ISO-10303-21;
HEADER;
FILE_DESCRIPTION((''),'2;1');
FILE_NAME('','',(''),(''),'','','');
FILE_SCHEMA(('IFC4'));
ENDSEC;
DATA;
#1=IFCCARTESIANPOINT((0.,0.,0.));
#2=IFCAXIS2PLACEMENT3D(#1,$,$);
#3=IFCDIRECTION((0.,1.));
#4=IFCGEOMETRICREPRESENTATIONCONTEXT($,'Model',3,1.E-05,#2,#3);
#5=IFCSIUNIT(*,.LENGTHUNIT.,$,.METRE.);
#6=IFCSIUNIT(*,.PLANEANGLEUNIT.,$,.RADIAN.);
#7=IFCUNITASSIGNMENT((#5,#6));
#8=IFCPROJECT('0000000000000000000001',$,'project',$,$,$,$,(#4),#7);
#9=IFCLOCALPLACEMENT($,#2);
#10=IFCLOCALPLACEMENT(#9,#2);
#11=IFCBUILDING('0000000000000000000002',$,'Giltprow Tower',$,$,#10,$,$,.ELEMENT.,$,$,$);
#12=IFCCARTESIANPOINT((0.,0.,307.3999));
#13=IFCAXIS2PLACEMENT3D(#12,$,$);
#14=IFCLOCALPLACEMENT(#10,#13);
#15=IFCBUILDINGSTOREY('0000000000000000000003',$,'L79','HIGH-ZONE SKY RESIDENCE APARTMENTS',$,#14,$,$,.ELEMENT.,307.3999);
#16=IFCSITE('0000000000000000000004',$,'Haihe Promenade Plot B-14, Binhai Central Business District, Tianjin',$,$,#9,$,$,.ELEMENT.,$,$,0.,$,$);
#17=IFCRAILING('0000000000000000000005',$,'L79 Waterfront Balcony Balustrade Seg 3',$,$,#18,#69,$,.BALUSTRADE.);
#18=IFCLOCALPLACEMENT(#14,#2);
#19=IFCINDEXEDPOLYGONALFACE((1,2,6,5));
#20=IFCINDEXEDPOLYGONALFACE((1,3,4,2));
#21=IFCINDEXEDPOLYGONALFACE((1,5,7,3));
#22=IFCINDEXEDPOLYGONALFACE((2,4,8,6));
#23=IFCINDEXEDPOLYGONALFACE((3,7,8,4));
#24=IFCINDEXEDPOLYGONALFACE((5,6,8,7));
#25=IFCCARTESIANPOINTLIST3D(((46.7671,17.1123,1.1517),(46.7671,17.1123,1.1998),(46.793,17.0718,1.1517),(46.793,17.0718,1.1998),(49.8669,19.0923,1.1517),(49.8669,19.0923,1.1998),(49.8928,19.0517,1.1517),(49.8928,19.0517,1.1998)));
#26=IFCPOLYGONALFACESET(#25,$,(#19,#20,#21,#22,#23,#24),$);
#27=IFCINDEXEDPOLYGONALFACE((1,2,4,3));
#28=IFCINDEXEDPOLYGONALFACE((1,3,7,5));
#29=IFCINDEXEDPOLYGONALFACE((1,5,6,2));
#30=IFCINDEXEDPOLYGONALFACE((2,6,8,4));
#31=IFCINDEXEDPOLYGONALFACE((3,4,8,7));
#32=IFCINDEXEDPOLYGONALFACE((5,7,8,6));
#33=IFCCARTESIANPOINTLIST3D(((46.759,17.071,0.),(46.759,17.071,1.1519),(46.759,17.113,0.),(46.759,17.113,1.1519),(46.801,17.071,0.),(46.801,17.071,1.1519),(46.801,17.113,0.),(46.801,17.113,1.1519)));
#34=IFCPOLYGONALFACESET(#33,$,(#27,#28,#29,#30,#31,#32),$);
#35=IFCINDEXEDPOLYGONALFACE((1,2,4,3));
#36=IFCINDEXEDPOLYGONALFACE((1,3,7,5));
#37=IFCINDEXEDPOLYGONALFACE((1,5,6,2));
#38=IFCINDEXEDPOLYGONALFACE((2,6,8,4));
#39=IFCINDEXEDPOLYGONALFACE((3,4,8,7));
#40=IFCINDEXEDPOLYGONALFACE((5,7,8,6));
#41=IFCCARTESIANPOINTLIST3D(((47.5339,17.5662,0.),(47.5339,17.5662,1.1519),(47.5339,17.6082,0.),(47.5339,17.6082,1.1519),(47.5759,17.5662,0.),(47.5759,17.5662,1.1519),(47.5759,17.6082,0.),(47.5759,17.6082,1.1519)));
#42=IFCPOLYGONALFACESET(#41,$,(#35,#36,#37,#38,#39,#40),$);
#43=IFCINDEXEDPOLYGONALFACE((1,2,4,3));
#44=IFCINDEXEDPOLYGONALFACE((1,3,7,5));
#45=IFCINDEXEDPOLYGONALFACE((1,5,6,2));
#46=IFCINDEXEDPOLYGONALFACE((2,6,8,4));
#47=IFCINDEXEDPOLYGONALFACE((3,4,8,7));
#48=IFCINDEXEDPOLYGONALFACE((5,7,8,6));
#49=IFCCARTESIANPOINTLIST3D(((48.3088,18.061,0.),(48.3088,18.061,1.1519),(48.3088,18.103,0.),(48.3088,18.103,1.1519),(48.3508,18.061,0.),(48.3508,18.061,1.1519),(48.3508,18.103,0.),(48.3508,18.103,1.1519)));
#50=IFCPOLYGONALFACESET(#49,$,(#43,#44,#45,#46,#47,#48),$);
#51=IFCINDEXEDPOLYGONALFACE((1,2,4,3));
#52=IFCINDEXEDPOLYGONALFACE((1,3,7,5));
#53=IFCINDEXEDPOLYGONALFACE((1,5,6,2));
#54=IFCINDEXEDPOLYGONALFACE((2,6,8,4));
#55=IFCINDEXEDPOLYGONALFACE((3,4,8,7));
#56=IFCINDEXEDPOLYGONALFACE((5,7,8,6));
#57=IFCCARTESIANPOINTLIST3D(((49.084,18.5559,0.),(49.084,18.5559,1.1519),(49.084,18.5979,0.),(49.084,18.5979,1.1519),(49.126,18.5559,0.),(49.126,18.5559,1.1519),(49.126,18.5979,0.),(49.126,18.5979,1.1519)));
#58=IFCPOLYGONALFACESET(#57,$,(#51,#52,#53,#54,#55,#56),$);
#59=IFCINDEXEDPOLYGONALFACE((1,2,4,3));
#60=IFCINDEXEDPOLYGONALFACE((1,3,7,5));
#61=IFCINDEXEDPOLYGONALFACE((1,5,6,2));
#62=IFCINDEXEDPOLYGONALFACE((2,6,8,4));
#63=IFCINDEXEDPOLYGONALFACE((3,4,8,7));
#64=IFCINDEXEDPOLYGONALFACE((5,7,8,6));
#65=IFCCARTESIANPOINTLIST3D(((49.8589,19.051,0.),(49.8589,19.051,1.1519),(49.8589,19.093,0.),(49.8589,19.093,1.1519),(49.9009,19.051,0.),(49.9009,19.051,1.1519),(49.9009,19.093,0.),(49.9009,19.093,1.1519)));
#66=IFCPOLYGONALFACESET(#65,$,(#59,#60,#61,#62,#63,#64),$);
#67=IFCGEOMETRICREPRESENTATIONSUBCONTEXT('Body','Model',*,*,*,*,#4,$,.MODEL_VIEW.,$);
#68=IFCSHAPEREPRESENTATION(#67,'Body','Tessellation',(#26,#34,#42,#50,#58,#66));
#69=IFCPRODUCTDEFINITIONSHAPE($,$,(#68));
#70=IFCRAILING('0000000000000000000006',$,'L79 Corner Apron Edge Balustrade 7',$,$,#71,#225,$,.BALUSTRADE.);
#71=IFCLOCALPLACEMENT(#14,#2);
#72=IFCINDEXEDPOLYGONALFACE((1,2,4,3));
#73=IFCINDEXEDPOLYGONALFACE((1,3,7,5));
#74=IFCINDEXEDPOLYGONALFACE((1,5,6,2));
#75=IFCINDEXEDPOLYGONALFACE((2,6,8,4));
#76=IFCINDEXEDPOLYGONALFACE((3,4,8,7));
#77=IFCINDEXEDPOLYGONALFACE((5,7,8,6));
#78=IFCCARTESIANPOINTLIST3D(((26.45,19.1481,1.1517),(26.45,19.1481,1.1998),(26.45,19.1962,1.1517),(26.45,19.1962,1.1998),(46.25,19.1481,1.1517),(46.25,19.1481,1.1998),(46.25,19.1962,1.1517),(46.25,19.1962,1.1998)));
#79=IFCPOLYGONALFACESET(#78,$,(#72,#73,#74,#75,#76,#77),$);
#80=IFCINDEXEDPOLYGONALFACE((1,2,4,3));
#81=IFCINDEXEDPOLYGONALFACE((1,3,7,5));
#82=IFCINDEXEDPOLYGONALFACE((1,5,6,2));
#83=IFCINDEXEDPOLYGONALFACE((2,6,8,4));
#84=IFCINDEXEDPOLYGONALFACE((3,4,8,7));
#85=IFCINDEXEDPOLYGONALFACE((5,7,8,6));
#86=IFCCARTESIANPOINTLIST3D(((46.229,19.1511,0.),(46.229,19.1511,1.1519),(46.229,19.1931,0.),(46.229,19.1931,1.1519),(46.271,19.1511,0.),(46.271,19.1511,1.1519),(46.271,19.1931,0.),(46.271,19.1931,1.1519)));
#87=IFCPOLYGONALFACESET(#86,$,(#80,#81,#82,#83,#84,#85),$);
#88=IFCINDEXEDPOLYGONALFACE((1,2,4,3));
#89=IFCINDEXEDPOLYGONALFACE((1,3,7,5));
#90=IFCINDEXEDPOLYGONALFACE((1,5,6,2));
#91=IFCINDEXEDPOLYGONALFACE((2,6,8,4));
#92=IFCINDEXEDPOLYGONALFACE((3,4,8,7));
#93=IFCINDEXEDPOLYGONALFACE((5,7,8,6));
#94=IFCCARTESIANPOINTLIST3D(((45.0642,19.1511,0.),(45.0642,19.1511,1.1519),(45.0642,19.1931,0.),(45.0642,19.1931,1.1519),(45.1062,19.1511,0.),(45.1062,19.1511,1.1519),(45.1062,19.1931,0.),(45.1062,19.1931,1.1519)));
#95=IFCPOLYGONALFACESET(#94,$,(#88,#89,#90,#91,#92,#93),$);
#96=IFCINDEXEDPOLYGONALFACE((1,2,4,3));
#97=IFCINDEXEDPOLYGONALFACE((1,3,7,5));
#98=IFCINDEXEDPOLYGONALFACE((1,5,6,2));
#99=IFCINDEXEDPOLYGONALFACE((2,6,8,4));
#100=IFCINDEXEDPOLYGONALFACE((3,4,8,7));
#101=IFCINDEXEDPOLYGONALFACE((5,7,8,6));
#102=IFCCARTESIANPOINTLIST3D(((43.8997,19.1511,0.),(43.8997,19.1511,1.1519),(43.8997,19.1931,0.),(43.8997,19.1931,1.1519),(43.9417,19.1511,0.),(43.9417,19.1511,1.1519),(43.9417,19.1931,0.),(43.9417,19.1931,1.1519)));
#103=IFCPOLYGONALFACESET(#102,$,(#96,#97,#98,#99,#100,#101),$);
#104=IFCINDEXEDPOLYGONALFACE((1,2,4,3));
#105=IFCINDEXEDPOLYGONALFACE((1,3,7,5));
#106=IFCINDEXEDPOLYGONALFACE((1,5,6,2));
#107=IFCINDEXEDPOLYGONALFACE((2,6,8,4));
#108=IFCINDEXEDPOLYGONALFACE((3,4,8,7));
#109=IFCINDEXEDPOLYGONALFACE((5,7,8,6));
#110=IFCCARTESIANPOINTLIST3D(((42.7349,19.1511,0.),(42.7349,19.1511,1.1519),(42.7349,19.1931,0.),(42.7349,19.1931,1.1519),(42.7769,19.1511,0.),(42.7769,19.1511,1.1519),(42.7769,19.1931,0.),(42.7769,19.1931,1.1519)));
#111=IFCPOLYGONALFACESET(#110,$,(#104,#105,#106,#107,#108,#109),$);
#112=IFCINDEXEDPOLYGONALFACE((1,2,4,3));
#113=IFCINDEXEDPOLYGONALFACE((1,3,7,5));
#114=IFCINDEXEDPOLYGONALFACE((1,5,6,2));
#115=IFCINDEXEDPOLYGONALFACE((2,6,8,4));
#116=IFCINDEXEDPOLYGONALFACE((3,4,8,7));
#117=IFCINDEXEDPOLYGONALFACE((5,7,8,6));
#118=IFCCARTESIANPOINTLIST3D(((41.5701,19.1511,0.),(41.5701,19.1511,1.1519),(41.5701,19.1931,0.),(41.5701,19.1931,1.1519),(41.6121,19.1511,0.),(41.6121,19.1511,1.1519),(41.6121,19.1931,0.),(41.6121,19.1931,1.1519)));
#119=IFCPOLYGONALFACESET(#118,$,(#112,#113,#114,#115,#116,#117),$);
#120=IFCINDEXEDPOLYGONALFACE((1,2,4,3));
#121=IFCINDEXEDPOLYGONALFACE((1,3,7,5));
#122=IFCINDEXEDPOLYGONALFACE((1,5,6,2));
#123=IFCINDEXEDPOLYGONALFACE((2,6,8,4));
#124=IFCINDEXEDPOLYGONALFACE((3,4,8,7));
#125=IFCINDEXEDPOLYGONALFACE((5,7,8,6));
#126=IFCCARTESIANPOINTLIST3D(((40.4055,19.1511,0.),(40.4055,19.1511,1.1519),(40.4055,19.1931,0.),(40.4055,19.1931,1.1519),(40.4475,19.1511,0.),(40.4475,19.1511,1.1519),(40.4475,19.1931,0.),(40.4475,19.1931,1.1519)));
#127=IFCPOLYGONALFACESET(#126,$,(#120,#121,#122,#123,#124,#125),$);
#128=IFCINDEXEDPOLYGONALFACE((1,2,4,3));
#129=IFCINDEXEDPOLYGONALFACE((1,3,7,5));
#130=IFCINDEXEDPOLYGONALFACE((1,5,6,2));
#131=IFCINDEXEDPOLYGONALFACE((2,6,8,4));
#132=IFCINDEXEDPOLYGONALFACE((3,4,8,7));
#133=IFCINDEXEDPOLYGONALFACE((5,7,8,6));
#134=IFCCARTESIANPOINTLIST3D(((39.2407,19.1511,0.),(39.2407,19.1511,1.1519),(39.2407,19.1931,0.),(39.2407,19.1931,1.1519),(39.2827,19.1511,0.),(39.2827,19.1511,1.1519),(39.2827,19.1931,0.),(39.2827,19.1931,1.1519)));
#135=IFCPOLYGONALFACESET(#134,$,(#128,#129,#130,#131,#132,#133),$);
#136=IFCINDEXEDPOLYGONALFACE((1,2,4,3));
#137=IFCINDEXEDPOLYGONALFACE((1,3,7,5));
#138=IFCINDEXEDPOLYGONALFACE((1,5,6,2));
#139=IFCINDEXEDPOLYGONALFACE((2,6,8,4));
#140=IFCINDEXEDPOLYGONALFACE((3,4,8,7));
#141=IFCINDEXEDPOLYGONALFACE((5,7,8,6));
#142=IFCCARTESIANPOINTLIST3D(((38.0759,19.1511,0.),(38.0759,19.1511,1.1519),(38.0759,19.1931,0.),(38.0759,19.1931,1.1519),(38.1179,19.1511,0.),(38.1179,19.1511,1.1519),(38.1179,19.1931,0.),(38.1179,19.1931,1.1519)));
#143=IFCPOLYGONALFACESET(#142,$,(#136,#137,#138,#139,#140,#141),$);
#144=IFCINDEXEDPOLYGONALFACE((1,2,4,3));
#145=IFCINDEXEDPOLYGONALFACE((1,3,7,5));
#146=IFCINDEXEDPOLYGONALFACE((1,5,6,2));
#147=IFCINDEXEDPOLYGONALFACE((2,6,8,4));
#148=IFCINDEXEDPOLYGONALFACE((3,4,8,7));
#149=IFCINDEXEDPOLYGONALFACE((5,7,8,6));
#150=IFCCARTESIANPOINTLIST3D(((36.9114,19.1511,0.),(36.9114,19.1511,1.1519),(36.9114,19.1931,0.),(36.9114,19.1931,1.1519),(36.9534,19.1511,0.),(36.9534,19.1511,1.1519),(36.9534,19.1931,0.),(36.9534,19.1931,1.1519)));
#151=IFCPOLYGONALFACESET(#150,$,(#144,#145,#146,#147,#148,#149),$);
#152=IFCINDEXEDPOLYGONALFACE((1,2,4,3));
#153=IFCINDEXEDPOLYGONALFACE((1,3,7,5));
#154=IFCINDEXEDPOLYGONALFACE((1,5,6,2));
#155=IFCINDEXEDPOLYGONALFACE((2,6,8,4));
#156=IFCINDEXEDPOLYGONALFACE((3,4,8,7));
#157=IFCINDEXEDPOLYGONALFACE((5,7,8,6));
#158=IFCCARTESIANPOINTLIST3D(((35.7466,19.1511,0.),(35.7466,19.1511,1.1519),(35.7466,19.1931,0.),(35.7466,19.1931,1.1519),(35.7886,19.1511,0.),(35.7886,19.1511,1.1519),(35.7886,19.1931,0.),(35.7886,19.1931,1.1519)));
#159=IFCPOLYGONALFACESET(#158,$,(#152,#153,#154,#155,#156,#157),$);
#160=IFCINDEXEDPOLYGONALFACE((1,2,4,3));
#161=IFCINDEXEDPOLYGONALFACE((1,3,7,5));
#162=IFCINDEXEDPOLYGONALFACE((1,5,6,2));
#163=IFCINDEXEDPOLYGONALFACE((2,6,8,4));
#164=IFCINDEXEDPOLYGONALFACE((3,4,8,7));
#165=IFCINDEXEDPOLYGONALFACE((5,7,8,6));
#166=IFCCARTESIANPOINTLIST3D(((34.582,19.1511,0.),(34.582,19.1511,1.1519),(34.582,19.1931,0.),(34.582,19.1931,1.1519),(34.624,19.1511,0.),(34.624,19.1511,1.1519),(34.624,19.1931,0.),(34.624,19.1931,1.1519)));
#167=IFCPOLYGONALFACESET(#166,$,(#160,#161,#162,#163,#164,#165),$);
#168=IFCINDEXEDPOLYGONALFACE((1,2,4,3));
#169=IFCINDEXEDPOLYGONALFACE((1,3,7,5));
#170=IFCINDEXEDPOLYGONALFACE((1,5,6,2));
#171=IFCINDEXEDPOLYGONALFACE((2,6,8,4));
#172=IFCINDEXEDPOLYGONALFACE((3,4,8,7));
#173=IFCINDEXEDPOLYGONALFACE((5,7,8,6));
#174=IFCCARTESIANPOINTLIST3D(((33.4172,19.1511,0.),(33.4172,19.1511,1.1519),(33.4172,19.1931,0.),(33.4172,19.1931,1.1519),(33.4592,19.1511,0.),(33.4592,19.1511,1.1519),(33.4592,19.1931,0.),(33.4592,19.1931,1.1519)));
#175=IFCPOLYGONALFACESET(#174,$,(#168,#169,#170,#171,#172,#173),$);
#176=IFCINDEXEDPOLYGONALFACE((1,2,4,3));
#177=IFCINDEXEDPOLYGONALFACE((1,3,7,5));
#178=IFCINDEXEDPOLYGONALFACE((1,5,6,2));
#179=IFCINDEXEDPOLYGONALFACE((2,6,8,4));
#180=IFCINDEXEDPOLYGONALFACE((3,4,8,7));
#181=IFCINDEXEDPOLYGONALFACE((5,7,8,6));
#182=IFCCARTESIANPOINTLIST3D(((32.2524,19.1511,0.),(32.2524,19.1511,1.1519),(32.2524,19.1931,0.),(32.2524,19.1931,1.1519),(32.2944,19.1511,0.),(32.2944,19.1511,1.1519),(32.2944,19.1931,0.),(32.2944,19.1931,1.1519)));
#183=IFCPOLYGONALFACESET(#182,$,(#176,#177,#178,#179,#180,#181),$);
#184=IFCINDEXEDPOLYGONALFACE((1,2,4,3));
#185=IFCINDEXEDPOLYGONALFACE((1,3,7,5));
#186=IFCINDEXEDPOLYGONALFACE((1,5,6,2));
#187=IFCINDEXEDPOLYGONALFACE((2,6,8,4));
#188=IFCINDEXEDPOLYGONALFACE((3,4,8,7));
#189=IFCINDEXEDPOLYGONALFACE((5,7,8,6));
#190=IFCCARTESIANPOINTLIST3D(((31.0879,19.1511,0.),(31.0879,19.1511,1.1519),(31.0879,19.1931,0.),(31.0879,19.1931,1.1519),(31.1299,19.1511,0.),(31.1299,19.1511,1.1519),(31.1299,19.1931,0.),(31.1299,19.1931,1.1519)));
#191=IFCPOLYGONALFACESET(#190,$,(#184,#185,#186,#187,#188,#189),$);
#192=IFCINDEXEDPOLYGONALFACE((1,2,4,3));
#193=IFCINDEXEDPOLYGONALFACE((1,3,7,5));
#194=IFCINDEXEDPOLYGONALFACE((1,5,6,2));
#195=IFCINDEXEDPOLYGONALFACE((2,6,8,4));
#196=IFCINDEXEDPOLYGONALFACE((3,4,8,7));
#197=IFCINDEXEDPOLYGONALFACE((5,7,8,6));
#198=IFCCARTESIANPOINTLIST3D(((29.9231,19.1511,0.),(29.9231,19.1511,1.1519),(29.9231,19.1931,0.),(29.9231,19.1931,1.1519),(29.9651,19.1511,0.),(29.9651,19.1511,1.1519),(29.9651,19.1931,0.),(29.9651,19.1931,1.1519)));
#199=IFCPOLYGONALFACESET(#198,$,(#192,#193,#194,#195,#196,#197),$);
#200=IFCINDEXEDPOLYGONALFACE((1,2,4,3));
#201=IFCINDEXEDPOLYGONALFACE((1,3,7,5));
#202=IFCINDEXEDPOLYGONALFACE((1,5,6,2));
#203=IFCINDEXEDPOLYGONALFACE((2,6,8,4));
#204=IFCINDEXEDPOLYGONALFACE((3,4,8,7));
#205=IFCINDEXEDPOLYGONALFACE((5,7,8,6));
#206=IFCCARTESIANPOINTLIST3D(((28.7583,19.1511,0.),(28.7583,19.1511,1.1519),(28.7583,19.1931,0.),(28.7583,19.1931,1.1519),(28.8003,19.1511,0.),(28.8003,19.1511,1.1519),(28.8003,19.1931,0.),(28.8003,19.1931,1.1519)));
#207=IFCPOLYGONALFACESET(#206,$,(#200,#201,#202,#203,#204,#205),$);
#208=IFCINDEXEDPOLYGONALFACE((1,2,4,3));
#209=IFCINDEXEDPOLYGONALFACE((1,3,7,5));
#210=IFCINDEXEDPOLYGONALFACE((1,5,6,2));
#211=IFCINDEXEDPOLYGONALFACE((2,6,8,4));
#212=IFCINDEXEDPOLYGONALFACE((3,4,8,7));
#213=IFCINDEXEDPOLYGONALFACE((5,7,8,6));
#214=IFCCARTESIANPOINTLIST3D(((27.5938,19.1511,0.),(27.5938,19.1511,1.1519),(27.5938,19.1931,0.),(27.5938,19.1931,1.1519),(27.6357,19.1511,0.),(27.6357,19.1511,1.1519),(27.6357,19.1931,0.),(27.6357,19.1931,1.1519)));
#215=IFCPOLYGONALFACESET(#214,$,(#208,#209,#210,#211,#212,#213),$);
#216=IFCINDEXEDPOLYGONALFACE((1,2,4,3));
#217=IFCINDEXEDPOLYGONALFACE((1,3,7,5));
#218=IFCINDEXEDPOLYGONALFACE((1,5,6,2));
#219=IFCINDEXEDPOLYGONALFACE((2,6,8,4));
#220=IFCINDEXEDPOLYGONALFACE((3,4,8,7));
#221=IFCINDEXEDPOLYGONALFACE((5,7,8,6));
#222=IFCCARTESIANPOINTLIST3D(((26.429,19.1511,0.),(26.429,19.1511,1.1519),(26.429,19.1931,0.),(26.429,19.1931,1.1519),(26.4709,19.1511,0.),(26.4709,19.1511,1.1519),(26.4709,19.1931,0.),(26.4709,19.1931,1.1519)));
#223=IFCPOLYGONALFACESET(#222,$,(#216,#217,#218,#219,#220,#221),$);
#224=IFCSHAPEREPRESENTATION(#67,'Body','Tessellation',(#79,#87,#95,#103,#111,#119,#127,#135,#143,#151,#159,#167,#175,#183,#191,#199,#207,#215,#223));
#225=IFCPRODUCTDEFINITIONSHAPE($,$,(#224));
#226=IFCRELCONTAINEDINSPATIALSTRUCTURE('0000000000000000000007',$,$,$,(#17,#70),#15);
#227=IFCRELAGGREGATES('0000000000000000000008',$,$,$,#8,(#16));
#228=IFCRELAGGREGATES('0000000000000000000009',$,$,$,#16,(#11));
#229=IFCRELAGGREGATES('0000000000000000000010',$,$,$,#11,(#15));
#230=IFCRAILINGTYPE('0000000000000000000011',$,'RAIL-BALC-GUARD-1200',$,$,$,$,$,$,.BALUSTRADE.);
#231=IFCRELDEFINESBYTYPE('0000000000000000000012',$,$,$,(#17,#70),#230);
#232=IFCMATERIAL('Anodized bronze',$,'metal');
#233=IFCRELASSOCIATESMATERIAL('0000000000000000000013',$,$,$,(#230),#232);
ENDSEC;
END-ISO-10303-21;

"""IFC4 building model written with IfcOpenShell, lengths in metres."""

from ifc_helpers import new_model, si_unit, direction, frame, origin, origin_2d, place, context, subcontext, project, spatial, rectangle, extrude, material, type_object, element, save


model = new_model("IFC4")

# Units and contexts
model_context = context("Model", 3, precision=1e-05, world=origin(), true_north=direction((0.0, 1.0)))
body_context = subcontext(model_context, "Body", "Model", "MODEL_VIEW")
ifc_project = project(units=[si_unit("LENGTHUNIT", "METRE"), si_unit("PLANEANGLEUNIT", "RADIAN")], contexts=[model_context])

# Site, building, storey
site_placement = place(None, origin())
site = spatial("IfcSite", under=ifc_project, at=site_placement, Name="Haihe Promenade Plot B-14, Binhai Central Business District, Tianjin", CompositionType="ELEMENT", RefElevation=0.0)
building_placement = place(site_placement, origin())
building = spatial("IfcBuilding", under=site, at=building_placement, Name="Giltprow Tower", CompositionType="ELEMENT")
storey_placement = place(building_placement, frame((0.0, 0.0, 307.3999)))
storey = spatial("IfcBuildingStorey", under=building, at=storey_placement, Name="L79", Description="HIGH-ZONE SKY RESIDENCE APARTMENTS", CompositionType="ELEMENT", Elevation=307.3999)

# Shared definitions
ifc_material_1 = material(Name="Anodized bronze", Category="metal")

# Railings
railing_type = type_object("IfcRailingType", Name="RAIL-BALC-GUARD-1200", PredefinedType="BALUSTRADE", material=ifc_material_1)
railing_1_placement = place(storey_placement, frame((46.78, 17.092, 0.0)))
element("IfcRailing", 1, at=railing_1_placement, inside=storey, type_object=railing_type, Name="L79 Waterfront Balcony Balustrade Seg 3", PredefinedType="BALUSTRADE", context=body_context, shape_type="SweptSolid", body=[
    extrude(rectangle(XDim=0.0481, YDim=0.0481, at=origin_2d()), frame((0.0, 0.0, 1.1758), z_axis=(0.842756, 0.538296, 0.0), x_axis=(-0.538296, 0.842756, 0.0)), (0.0, 0.0, 1.0), 3.6782),
    extrude(rectangle(XDim=0.042, YDim=0.042, at=origin_2d()), origin(), (0.0, 0.0, 1.0), 1.1519),
    extrude(rectangle(XDim=0.042, YDim=0.042, at=origin_2d()), frame((0.7749, 0.4951, 0.0)), (0.0, 0.0, 1.0), 1.1519),
    extrude(rectangle(XDim=0.042, YDim=0.042, at=origin_2d()), frame((1.5498, 0.99, 0.0)), (0.0, 0.0, 1.0), 1.1519),
    extrude(rectangle(XDim=0.042, YDim=0.042, at=origin_2d()), frame((2.325, 1.4849, 0.0)), (0.0, 0.0, 1.0), 1.1519),
    extrude(rectangle(XDim=0.042, YDim=0.042, at=origin_2d()), frame((3.0999, 1.98, 0.0)), (0.0, 0.0, 1.0), 1.1519),
])
railing_2_placement = place(storey_placement, frame((46.25, 19.1721, 0.0)))
element("IfcRailing", 2, at=railing_2_placement, inside=storey, type_object=railing_type, Name="L79 Corner Apron Edge Balustrade 7", PredefinedType="BALUSTRADE", context=body_context, shape_type="SweptSolid", body=[
    extrude(rectangle(XDim=0.0481, YDim=0.0481, at=origin_2d()), frame((0.0, 0.0, 1.1758), z_axis=(-1.0, 0.0, 0.0), x_axis=(0.0, -1.0, 0.0)), (0.0, 0.0, 1.0), 19.8),
    extrude(rectangle(XDim=0.042, YDim=0.042, at=origin_2d()), origin(), (0.0, 0.0, 1.0), 1.1519),
    extrude(rectangle(XDim=0.042, YDim=0.042, at=origin_2d()), frame((-1.1648, 0.0, 0.0)), (0.0, 0.0, 1.0), 1.1519),
    extrude(rectangle(XDim=0.042, YDim=0.042, at=origin_2d()), frame((-2.3293, 0.0, 0.0)), (0.0, 0.0, 1.0), 1.1519),
    extrude(rectangle(XDim=0.042, YDim=0.042, at=origin_2d()), frame((-3.4941, 0.0, 0.0)), (0.0, 0.0, 1.0), 1.1519),
    extrude(rectangle(XDim=0.042, YDim=0.042, at=origin_2d()), frame((-4.6589, 0.0, 0.0)), (0.0, 0.0, 1.0), 1.1519),
    extrude(rectangle(XDim=0.042, YDim=0.042, at=origin_2d()), frame((-5.8235, 0.0, 0.0)), (0.0, 0.0, 1.0), 1.1519),
    extrude(rectangle(XDim=0.042, YDim=0.042, at=origin_2d()), frame((-6.9883, 0.0, 0.0)), (0.0, 0.0, 1.0), 1.1519),
    extrude(rectangle(XDim=0.042, YDim=0.042, at=origin_2d()), frame((-8.1531, 0.0, 0.0)), (0.0, 0.0, 1.0), 1.1519),
    extrude(rectangle(XDim=0.042, YDim=0.042, at=origin_2d()), frame((-9.3176, 0.0, 0.0)), (0.0, 0.0, 1.0), 1.1519),
    extrude(rectangle(XDim=0.042, YDim=0.042, at=origin_2d()), frame((-10.4824, 0.0, 0.0)), (0.0, 0.0, 1.0), 1.1519),
    extrude(rectangle(XDim=0.042, YDim=0.042, at=origin_2d()), frame((-11.647, 0.0, 0.0)), (0.0, 0.0, 1.0), 1.1519),
    extrude(rectangle(XDim=0.042, YDim=0.042, at=origin_2d()), frame((-12.8118, 0.0, 0.0)), (0.0, 0.0, 1.0), 1.1519),
    extrude(rectangle(XDim=0.042, YDim=0.042, at=origin_2d()), frame((-13.9766, 0.0, 0.0)), (0.0, 0.0, 1.0), 1.1519),
    extrude(rectangle(XDim=0.042, YDim=0.042, at=origin_2d()), frame((-15.1411, 0.0, 0.0)), (0.0, 0.0, 1.0), 1.1519),
    extrude(rectangle(XDim=0.042, YDim=0.042, at=origin_2d()), frame((-16.3059, 0.0, 0.0)), (0.0, 0.0, 1.0), 1.1519),
    extrude(rectangle(XDim=0.042, YDim=0.042, at=origin_2d()), frame((-17.4707, 0.0, 0.0)), (0.0, 0.0, 1.0), 1.1519),
    extrude(rectangle(XDim=0.042, YDim=0.042, at=origin_2d()), frame((-18.6353, 0.0, 0.0)), (0.0, 0.0, 1.0), 1.1519),
    extrude(rectangle(XDim=0.042, YDim=0.042, at=origin_2d()), frame((-19.8, 0.0, 0.0)), (0.0, 0.0, 1.0), 1.1519),
])

save(model, "model.ifc")
